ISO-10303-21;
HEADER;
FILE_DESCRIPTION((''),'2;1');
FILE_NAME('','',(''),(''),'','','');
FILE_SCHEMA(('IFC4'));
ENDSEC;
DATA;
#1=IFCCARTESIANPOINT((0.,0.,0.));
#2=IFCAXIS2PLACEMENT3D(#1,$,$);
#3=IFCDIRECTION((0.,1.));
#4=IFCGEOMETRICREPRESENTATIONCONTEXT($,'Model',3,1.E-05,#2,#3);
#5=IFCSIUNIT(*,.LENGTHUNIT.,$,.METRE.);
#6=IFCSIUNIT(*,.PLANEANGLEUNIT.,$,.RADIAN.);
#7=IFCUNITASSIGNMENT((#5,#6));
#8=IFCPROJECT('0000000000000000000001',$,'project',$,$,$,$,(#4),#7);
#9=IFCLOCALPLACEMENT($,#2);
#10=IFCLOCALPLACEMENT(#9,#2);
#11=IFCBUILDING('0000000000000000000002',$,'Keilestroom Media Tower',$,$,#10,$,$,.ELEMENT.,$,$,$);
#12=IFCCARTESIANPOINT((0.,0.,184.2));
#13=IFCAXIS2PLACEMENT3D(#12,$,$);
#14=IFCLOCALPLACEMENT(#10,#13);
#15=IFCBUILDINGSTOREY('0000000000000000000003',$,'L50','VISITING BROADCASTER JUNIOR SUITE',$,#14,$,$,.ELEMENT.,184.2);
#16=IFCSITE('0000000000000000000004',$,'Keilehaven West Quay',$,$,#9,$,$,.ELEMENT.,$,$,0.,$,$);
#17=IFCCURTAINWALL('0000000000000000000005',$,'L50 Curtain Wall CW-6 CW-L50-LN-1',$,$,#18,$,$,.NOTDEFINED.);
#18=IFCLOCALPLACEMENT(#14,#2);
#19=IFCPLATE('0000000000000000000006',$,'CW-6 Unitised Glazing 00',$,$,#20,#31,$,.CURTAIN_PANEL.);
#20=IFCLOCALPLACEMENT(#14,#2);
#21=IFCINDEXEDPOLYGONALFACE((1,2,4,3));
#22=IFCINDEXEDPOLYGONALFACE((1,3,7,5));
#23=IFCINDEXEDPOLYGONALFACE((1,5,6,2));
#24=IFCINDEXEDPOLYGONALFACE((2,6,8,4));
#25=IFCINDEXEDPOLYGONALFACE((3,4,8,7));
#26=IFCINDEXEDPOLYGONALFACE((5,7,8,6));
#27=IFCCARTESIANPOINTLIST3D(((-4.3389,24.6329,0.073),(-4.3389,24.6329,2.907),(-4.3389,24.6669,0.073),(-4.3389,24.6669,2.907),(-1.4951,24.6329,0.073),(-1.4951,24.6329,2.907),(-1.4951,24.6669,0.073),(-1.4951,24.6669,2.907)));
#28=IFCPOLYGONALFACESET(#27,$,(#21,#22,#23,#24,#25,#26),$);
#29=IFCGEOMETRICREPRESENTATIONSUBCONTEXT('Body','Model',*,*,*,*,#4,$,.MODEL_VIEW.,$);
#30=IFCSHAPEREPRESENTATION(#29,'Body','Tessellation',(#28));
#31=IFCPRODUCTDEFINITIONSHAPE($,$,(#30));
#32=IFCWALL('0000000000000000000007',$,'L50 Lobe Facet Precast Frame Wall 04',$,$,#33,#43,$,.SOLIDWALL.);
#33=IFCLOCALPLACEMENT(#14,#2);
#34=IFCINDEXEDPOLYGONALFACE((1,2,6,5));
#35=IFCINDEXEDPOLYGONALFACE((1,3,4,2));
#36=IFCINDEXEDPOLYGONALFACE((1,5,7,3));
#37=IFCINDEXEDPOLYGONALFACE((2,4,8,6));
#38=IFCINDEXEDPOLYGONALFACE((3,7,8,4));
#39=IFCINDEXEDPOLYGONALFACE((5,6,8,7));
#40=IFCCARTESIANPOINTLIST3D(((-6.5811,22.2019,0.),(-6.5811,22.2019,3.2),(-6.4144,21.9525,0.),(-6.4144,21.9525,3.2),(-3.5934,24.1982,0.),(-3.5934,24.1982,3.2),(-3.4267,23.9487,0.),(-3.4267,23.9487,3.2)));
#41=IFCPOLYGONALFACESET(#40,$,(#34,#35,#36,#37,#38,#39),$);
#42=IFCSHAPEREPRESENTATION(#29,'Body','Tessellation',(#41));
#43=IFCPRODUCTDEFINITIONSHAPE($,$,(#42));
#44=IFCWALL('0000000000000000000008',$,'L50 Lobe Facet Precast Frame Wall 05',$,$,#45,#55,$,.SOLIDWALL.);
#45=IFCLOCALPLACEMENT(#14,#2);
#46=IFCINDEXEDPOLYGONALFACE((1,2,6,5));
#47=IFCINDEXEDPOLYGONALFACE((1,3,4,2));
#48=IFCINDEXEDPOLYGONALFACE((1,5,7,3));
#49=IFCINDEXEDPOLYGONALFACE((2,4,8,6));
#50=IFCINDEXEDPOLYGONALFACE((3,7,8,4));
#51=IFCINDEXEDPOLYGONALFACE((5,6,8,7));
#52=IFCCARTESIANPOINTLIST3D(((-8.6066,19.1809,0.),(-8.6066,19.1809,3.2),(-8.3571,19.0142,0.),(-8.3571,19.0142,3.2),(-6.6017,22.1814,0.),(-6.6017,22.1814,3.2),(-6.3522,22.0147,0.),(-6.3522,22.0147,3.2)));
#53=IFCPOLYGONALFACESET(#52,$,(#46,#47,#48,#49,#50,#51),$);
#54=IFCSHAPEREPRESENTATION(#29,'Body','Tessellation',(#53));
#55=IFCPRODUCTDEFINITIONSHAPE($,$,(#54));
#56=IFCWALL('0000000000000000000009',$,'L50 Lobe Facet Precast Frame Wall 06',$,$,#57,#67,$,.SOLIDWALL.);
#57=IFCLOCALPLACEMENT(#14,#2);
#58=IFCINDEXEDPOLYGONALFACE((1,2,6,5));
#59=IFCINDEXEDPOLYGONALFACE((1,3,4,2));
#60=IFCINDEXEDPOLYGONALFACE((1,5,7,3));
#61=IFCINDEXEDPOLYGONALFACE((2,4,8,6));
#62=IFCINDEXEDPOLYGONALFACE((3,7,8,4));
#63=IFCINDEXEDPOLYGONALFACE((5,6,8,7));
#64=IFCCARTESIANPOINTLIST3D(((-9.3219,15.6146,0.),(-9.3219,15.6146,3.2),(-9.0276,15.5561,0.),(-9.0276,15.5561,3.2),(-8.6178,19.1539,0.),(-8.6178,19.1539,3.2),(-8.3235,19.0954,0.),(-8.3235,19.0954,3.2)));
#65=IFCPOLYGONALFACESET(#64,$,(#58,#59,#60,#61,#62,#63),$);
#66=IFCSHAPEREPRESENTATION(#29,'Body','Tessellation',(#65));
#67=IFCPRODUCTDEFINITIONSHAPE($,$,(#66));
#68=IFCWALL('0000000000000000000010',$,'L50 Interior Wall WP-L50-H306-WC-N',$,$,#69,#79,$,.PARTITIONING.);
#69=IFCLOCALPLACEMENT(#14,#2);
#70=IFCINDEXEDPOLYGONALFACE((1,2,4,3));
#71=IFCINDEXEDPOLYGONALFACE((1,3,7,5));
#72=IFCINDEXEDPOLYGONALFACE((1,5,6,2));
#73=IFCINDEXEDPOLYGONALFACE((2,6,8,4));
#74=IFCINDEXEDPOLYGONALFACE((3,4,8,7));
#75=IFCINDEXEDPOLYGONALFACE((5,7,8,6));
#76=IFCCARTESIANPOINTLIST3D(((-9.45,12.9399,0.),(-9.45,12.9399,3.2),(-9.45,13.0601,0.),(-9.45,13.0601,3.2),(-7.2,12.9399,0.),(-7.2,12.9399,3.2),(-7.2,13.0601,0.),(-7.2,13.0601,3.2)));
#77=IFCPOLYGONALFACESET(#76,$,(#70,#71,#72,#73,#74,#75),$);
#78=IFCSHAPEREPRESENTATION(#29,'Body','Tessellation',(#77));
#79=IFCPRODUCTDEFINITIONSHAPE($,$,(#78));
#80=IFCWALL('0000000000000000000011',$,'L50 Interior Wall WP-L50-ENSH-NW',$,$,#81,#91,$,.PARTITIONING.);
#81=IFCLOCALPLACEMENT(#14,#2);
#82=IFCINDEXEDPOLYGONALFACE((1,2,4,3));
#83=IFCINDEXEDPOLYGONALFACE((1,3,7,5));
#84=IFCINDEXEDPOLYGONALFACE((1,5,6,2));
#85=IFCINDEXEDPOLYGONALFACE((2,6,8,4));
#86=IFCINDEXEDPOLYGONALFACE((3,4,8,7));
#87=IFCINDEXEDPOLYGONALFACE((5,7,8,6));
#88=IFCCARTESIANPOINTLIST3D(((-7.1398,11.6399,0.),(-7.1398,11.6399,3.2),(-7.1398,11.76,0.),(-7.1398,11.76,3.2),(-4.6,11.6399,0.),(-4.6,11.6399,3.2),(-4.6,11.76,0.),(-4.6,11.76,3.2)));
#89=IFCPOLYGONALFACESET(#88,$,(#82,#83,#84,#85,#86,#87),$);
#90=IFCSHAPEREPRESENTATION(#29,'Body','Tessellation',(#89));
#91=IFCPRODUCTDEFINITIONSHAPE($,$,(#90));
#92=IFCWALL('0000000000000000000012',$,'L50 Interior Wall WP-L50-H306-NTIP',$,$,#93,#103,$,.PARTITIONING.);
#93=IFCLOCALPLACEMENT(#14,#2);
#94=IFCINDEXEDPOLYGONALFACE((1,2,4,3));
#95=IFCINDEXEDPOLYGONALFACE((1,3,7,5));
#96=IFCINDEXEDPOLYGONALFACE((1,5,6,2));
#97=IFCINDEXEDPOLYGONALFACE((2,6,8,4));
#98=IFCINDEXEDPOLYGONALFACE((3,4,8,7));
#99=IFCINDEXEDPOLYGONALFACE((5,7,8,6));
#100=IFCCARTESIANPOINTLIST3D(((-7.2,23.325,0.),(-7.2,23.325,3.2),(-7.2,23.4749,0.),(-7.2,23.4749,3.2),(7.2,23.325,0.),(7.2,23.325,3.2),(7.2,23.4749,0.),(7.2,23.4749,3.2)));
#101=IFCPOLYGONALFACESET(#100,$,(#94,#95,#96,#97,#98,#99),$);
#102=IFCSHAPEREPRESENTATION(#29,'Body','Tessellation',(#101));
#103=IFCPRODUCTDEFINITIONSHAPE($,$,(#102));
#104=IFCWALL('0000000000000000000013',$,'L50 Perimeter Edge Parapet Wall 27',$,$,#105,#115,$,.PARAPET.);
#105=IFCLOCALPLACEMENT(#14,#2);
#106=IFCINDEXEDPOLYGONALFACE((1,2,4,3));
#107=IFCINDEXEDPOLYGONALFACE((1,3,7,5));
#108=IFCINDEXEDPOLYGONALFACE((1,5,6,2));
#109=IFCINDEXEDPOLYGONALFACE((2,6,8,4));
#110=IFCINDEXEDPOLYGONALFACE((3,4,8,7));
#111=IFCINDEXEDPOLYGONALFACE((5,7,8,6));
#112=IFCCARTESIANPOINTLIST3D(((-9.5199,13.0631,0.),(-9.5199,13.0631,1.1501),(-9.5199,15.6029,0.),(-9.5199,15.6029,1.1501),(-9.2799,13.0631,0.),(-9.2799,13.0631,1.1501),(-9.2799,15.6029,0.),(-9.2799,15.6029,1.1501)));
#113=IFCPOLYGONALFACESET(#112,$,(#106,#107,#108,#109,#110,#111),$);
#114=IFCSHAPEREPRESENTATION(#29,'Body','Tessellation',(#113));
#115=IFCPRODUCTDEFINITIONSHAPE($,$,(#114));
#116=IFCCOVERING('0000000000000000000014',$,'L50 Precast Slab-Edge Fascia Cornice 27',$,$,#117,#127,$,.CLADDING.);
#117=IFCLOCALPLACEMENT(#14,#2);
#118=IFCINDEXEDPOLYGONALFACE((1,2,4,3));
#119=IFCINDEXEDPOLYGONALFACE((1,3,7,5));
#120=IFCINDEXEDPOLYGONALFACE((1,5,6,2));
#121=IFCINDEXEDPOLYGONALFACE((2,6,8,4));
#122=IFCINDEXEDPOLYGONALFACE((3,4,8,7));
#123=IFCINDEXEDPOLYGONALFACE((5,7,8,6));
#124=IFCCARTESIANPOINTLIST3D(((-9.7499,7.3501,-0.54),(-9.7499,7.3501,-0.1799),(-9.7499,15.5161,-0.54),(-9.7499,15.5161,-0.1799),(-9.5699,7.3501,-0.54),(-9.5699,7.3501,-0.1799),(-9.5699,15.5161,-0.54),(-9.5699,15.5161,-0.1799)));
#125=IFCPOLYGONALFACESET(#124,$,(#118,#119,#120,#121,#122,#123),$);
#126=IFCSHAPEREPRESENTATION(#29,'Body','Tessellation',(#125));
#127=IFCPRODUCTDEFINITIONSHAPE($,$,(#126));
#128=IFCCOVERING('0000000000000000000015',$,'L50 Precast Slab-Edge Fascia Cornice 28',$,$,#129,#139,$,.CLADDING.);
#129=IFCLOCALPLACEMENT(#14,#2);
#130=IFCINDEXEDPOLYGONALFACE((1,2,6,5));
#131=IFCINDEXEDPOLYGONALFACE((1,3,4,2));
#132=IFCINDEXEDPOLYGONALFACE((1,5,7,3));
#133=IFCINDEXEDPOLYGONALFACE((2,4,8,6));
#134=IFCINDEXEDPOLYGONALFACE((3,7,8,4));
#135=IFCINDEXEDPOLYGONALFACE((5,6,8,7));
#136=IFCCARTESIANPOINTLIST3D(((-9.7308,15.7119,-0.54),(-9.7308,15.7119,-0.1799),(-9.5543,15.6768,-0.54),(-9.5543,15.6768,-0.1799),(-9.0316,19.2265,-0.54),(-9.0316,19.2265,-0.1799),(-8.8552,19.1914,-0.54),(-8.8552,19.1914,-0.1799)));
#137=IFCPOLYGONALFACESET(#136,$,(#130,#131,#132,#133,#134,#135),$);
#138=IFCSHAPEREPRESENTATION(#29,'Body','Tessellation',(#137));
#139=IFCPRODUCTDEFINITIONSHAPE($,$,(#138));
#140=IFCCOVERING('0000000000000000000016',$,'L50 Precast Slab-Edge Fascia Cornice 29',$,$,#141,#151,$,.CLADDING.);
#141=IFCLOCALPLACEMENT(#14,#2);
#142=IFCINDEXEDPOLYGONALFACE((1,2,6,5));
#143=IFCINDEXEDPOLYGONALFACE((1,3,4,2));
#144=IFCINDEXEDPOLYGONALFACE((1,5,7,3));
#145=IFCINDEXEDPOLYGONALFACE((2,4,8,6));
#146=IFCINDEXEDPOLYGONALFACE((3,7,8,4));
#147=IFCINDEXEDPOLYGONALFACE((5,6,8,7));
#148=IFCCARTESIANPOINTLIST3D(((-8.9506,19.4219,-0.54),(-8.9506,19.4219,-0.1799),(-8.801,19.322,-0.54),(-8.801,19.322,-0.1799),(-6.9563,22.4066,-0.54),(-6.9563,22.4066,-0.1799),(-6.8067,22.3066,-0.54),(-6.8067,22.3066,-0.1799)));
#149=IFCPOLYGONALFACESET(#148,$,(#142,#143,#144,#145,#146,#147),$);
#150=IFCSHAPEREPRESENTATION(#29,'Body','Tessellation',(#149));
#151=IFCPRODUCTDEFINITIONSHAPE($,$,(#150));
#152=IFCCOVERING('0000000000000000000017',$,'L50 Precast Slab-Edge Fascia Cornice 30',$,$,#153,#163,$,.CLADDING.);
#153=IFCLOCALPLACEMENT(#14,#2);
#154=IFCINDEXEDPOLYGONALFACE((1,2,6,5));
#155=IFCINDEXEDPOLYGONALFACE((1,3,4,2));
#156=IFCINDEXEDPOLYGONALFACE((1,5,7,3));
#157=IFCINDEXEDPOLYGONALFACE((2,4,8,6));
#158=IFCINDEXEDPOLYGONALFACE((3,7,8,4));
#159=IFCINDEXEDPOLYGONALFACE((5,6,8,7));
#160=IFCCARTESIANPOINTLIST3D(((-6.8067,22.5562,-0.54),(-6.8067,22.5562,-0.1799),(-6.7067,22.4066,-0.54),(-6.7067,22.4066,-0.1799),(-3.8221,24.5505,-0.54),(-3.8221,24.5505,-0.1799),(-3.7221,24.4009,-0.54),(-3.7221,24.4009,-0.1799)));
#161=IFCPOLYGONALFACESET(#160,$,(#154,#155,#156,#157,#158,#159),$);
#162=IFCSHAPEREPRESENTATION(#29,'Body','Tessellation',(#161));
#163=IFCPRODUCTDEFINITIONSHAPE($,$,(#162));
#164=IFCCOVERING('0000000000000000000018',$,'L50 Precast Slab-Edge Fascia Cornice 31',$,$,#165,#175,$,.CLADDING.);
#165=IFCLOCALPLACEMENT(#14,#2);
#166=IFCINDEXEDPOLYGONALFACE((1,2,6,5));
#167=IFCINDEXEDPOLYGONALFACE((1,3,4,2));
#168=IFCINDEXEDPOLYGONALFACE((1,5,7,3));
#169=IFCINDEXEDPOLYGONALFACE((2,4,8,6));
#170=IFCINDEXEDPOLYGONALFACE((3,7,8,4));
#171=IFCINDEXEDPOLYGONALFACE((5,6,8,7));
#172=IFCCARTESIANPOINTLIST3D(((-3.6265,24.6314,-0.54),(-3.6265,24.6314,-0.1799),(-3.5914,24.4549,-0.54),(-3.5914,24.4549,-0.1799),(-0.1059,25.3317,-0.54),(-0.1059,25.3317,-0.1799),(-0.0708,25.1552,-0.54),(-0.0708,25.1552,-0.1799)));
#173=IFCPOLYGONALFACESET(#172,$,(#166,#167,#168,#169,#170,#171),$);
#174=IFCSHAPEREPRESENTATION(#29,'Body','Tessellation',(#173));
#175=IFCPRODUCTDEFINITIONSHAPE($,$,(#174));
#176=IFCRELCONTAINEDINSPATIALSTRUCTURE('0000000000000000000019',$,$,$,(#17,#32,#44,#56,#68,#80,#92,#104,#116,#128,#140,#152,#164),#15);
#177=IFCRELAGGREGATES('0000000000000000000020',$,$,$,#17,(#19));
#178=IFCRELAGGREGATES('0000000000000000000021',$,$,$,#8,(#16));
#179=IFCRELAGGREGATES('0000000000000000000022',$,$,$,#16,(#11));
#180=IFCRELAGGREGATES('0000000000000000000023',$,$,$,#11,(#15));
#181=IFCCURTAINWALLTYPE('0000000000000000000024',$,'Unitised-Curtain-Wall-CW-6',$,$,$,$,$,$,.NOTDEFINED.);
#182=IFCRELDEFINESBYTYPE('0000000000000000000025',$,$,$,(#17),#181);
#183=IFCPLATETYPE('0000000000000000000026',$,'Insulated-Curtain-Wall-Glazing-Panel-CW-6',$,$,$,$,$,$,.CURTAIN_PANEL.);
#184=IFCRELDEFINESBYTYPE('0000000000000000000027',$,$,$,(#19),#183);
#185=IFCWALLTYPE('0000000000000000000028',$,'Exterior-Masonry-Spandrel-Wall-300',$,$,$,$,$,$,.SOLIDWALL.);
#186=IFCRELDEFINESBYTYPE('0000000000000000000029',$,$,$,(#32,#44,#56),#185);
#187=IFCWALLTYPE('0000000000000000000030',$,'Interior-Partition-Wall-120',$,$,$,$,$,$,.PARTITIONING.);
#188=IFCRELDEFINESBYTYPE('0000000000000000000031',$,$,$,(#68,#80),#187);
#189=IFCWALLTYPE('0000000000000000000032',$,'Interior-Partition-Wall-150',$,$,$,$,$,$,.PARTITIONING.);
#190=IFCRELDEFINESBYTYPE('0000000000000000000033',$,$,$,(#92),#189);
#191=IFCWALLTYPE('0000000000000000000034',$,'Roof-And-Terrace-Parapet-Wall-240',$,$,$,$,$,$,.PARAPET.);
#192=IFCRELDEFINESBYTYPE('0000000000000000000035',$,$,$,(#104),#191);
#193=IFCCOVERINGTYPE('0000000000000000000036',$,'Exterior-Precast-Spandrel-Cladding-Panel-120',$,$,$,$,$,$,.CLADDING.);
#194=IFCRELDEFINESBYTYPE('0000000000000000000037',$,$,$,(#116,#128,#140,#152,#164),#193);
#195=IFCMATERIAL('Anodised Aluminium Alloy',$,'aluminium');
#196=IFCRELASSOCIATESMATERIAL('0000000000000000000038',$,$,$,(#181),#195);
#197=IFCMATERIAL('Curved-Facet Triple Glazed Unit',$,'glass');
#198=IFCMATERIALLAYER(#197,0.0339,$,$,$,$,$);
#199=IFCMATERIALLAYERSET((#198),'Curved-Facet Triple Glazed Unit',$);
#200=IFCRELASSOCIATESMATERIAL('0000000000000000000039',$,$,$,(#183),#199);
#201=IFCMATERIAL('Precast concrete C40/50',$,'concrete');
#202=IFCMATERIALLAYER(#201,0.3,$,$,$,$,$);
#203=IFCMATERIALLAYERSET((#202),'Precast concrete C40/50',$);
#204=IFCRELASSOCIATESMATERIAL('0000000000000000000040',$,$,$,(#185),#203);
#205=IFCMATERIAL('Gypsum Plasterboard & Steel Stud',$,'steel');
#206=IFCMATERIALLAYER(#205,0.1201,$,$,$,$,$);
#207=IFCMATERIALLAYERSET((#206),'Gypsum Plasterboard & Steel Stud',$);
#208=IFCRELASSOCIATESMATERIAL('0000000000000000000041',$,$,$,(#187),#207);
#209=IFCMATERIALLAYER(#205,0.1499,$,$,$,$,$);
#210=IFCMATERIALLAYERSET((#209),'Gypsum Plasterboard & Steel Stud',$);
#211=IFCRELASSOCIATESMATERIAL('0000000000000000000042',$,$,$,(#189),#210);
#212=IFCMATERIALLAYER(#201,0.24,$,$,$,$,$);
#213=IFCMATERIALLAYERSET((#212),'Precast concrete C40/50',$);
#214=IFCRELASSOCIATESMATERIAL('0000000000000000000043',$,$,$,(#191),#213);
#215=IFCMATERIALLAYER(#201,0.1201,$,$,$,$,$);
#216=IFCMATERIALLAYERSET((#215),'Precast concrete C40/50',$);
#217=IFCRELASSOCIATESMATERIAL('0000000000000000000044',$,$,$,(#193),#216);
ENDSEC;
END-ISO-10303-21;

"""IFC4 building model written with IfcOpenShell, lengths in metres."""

from ifc_helpers import new_model, si_unit, direction, frame, frame_2d, origin, origin_2d, place, context, subcontext, project, spatial, rectangle, extrude, source, transform, mapped, material, layer, layer_set, type_object, element, aggregate, save


model = new_model("IFC4")

# Units and contexts
model_context = context("Model", 3, precision=1e-05, world=origin(), true_north=direction((0.0, 1.0)))
body_context = subcontext(model_context, "Body", "Model", "MODEL_VIEW")
ifc_project = project(units=[si_unit("LENGTHUNIT", "METRE"), si_unit("PLANEANGLEUNIT", "RADIAN")], contexts=[model_context])

# Site, building, storey
site_placement = place(None, origin())
site = spatial("IfcSite", under=ifc_project, at=site_placement, Name="Keilehaven West Quay", CompositionType="ELEMENT", RefElevation=0.0)
building_placement = place(site_placement, origin())
building = spatial("IfcBuilding", under=site, at=building_placement, Name="Keilestroom Media Tower", CompositionType="ELEMENT")
storey_placement = place(building_placement, frame((0.0, 0.0, 184.2)))
storey = spatial("IfcBuildingStorey", under=building, at=storey_placement, Name="L50", Description="VISITING BROADCASTER JUNIOR SUITE", CompositionType="ELEMENT", Elevation=184.2)

# Curtain wall, plate
ifc_material_1 = material(Name="Anodised Aluminium Alloy", Category="aluminium")
curtain_wall_type = type_object("IfcCurtainWallType", Name="Unitised-Curtain-Wall-CW-6", PredefinedType="NOTDEFINED", material=ifc_material_1)
curtain_wall_placement = place(storey_placement, origin())
curtain_wall = element("IfcCurtainWall", 1, at=curtain_wall_placement, inside=storey, type_object=curtain_wall_type, Name="L50 Curtain Wall CW-6 CW-L50-LN-1", PredefinedType="NOTDEFINED")
ifc_material_2 = material(Name="Curved-Facet Triple Glazed Unit", Category="glass")
ifc_layer_1 = layer(ifc_material_2, 0.0339)
ifc_layer_set_1 = layer_set([ifc_layer_1], Name="Curved-Facet Triple Glazed Unit")
plate_type = type_object("IfcPlateType", Name="Insulated-Curtain-Wall-Glazing-Panel-CW-6", PredefinedType="CURTAIN_PANEL", material=ifc_layer_set_1)
shared_shape_1 = source(origin(), body_context, "Body", "SweptSolid", [
    extrude(rectangle(XDim=2.8438, YDim=0.0339, at=origin_2d()), origin(), (0.0, 0.0, 1.0), 2.834),
])
plate_placement = place(storey_placement, frame((-2.917, 24.6499, 0.073), z_axis=(0.0, 0.0, 1.0), x_axis=(1.0, 0.0, 0.0)))
plate = element("IfcPlate", 2, at=plate_placement, type_object=plate_type, Name="CW-6 Unitised Glazing 00", PredefinedType="CURTAIN_PANEL", context=body_context, shape_type="MappedRepresentation", body=[
    mapped(shared_shape_1, transform((0.0, 0.0, 0.0), x_axis=(1.0, 0.0, 0.0), y_axis=(0.0, 1.0, 0.0), z_axis=(0.0, 0.0, 1.0), scale=1.0)),
])
aggregate(curtain_wall, [plate])

# Walls
ifc_material_3 = material(Name="Precast concrete C40/50", Category="concrete")
ifc_layer_2 = layer(ifc_material_3, 0.3)
ifc_layer_set_2 = layer_set([ifc_layer_2], Name="Precast concrete C40/50")
wall_type_1 = type_object("IfcWallType", Name="Exterior-Masonry-Spandrel-Wall-300", PredefinedType="SOLIDWALL", material=ifc_layer_set_2)
wall_1_placement = place(storey_placement, frame((-3.51, 24.0735, 0.0), z_axis=(0.0, 0.0, 1.0), x_axis=(-0.831475, -0.555562, 0.0)))
element("IfcWall", 3, at=wall_1_placement, inside=storey, type_object=wall_type_1, Name="L50 Lobe Facet Precast Frame Wall 04", PredefinedType="SOLIDWALL", context=body_context, shape_type="SweptSolid", body=[
    extrude(rectangle(XDim=3.5933, YDim=0.3, at=frame_2d((1.7966, 0.0))), origin(), (0.0, 0.0, 1.0), 3.2),
])
for number, where, z_axis, x_axis, name in (
    (4, (-6.4771, 22.0979, 0.0), (0.0, 0.0, 1.0), (-0.555574, -0.831467, 0.0), "L50 Lobe Facet Precast Frame Wall 05"),
    (5, (-8.4707, 19.1245, 0.0), (0.0, 0.0, 1.0), (-0.195114, -0.980781, 0.0), "L50 Lobe Facet Precast Frame Wall 06"),
):
    element("IfcWall", number, at=place(storey_placement, frame(where, z_axis=z_axis, x_axis=x_axis)), inside=storey, type_object=wall_type_1, Name=name, PredefinedType="SOLIDWALL", context=body_context, shape_type="SweptSolid", body=[
        extrude(rectangle(XDim=3.6086, YDim=0.3, at=frame_2d((1.8042, 0.0))), origin(), (0.0, 0.0, 1.0), 3.2),
    ])
ifc_material_4 = material(Name="Gypsum Plasterboard & Steel Stud", Category="steel")
ifc_layer_3 = layer(ifc_material_4, 0.1201)
ifc_layer_set_3 = layer_set([ifc_layer_3], Name="Gypsum Plasterboard & Steel Stud")
wall_type_2 = type_object("IfcWallType", Name="Interior-Partition-Wall-120", PredefinedType="PARTITIONING", material=ifc_layer_set_3)
wall_2_placement = place(storey_placement, frame((-9.45, 13.0, 0.0), z_axis=(0.0, 0.0, 1.0), x_axis=(1.0, 0.0, 0.0)))
element("IfcWall", 6, at=wall_2_placement, inside=storey, type_object=wall_type_2, Name="L50 Interior Wall WP-L50-H306-WC-N", PredefinedType="PARTITIONING", context=body_context, shape_type="SweptSolid", body=[
    extrude(rectangle(XDim=2.25, YDim=0.1201, at=frame_2d((1.125, 0.0))), origin(), (0.0, 0.0, 1.0), 3.2),
])
wall_3_placement = place(storey_placement, frame((-7.1399, 11.7, 0.0), z_axis=(0.0, 0.0, 1.0), x_axis=(1.0, 0.0, 0.0)))
element("IfcWall", 7, at=wall_3_placement, inside=storey, type_object=wall_type_2, Name="L50 Interior Wall WP-L50-ENSH-NW", PredefinedType="PARTITIONING", context=body_context, shape_type="SweptSolid", body=[
    extrude(rectangle(XDim=2.5398, YDim=0.1201, at=frame_2d((1.27, 0.0))), origin(), (0.0, 0.0, 1.0), 3.2),
])
ifc_layer_4 = layer(ifc_material_4, 0.1499)
ifc_layer_set_4 = layer_set([ifc_layer_4], Name="Gypsum Plasterboard & Steel Stud")
wall_type_3 = type_object("IfcWallType", Name="Interior-Partition-Wall-150", PredefinedType="PARTITIONING", material=ifc_layer_set_4)
wall_4_placement = place(storey_placement, frame((-7.2, 23.3999, 0.0), z_axis=(0.0, 0.0, 1.0), x_axis=(1.0, 0.0, 0.0)))
element("IfcWall", 8, at=wall_4_placement, inside=storey, type_object=wall_type_3, Name="L50 Interior Wall WP-L50-H306-NTIP", PredefinedType="PARTITIONING", context=body_context, shape_type="SweptSolid", body=[
    extrude(rectangle(XDim=14.3999, YDim=0.1499, at=frame_2d((7.2, 0.0))), origin(), (0.0, 0.0, 1.0), 3.2),
])
ifc_layer_5 = layer(ifc_material_3, 0.24)
ifc_layer_set_5 = layer_set([ifc_layer_5], Name="Precast concrete C40/50")
wall_type_4 = type_object("IfcWallType", Name="Roof-And-Terrace-Parapet-Wall-240", PredefinedType="PARAPET", material=ifc_layer_set_5)
wall_5_placement = place(storey_placement, frame((-9.3999, 13.063, 0.0), z_axis=(0.0, 0.0, 1.0), x_axis=(0.0, 1.0, 0.0)))
element("IfcWall", 9, at=wall_5_placement, inside=storey, type_object=wall_type_4, Name="L50 Perimeter Edge Parapet Wall 27", PredefinedType="PARAPET", context=body_context, shape_type="SweptSolid", body=[
    extrude(rectangle(XDim=2.5398, YDim=0.24, at=frame_2d((1.27, 0.0))), origin(), (0.0, 0.0, 1.0), 1.1501),
])

# Coverings
ifc_layer_6 = layer(ifc_material_3, 0.1201)
ifc_layer_set_6 = layer_set([ifc_layer_6], Name="Precast concrete C40/50")
covering_type = type_object("IfcCoveringType", Name="Exterior-Precast-Spandrel-Cladding-Panel-120", PredefinedType="CLADDING", material=ifc_layer_set_6)
shared_shape_2 = source(origin(), body_context, "Body", "SweptSolid", [
    extrude(rectangle(XDim=8.166, YDim=0.1799, at=origin_2d()), origin(), (0.0, 0.0, 1.0), 0.3601),
])
covering_1_placement = place(storey_placement, frame((-9.6599, 11.4331, -0.54), z_axis=(0.0, 0.0, 1.0), x_axis=(0.0, 1.0, 0.0)))
element("IfcCovering", 10, at=covering_1_placement, inside=storey, type_object=covering_type, Name="L50 Precast Slab-Edge Fascia Cornice 27", PredefinedType="CLADDING", context=body_context, shape_type="MappedRepresentation", body=[
    mapped(shared_shape_2, transform((0.0, 0.0, 0.0), x_axis=(1.0, 0.0, 0.0), y_axis=(0.0, 1.0, 0.0), z_axis=(0.0, 0.0, 1.0), scale=1.0)),
])
shared_shape_3 = source(origin(), body_context, "Body", "SweptSolid", [
    extrude(rectangle(XDim=3.5835, YDim=0.1799, at=origin_2d()), origin(), (0.0, 0.0, 1.0), 0.3601),
])
covering_2_placement = place(storey_placement, frame((-9.293, 17.4517, -0.54), z_axis=(0.0, 0.0, 1.0), x_axis=(0.195099, 0.980784, 0.0)))
element("IfcCovering", 11, at=covering_2_placement, inside=storey, type_object=covering_type, Name="L50 Precast Slab-Edge Fascia Cornice 28", PredefinedType="CLADDING", context=body_context, shape_type="MappedRepresentation", body=[
    mapped(shared_shape_3, transform((0.0, 0.0, 0.0), x_axis=(1.0, 0.0, 0.0), y_axis=(0.0, 1.0, 0.0), z_axis=(0.0, 0.0, 1.0), scale=1.0)),
])
shared_shape_4 = source(origin(), body_context, "Body", "SweptSolid", [
    extrude(rectangle(XDim=3.5896, YDim=0.1799, at=origin_2d()), origin(), (0.0, 0.0, 1.0), 0.3601),
])
for number, where, z_axis, x_axis, name in (
    (12, (-7.8787, 20.8643, -0.54), (0.0, 0.0, 1.0), (0.555575, 0.831467, 0.0), "L50 Precast Slab-Edge Fascia Cornice 29"),
    (13, (-5.2644, 23.4785, -0.54), (0.0, 0.0, 1.0), (0.831467, 0.555575, 0.0), "L50 Precast Slab-Edge Fascia Cornice 30"),
    (14, (-1.8486, 24.8933, -0.54), (0.0, 0.0, 1.0), (0.980784, 0.195099, 0.0), "L50 Precast Slab-Edge Fascia Cornice 31"),
):
    element("IfcCovering", number, at=place(storey_placement, frame(where, z_axis=z_axis, x_axis=x_axis)), inside=storey, type_object=covering_type, Name=name, PredefinedType="CLADDING", context=body_context, shape_type="MappedRepresentation", body=[
        mapped(shared_shape_4, transform((0.0, 0.0, 0.0), x_axis=(1.0, 0.0, 0.0), y_axis=(0.0, 1.0, 0.0), z_axis=(0.0, 0.0, 1.0), scale=1.0)),
    ])

save(model, "model.ifc")
